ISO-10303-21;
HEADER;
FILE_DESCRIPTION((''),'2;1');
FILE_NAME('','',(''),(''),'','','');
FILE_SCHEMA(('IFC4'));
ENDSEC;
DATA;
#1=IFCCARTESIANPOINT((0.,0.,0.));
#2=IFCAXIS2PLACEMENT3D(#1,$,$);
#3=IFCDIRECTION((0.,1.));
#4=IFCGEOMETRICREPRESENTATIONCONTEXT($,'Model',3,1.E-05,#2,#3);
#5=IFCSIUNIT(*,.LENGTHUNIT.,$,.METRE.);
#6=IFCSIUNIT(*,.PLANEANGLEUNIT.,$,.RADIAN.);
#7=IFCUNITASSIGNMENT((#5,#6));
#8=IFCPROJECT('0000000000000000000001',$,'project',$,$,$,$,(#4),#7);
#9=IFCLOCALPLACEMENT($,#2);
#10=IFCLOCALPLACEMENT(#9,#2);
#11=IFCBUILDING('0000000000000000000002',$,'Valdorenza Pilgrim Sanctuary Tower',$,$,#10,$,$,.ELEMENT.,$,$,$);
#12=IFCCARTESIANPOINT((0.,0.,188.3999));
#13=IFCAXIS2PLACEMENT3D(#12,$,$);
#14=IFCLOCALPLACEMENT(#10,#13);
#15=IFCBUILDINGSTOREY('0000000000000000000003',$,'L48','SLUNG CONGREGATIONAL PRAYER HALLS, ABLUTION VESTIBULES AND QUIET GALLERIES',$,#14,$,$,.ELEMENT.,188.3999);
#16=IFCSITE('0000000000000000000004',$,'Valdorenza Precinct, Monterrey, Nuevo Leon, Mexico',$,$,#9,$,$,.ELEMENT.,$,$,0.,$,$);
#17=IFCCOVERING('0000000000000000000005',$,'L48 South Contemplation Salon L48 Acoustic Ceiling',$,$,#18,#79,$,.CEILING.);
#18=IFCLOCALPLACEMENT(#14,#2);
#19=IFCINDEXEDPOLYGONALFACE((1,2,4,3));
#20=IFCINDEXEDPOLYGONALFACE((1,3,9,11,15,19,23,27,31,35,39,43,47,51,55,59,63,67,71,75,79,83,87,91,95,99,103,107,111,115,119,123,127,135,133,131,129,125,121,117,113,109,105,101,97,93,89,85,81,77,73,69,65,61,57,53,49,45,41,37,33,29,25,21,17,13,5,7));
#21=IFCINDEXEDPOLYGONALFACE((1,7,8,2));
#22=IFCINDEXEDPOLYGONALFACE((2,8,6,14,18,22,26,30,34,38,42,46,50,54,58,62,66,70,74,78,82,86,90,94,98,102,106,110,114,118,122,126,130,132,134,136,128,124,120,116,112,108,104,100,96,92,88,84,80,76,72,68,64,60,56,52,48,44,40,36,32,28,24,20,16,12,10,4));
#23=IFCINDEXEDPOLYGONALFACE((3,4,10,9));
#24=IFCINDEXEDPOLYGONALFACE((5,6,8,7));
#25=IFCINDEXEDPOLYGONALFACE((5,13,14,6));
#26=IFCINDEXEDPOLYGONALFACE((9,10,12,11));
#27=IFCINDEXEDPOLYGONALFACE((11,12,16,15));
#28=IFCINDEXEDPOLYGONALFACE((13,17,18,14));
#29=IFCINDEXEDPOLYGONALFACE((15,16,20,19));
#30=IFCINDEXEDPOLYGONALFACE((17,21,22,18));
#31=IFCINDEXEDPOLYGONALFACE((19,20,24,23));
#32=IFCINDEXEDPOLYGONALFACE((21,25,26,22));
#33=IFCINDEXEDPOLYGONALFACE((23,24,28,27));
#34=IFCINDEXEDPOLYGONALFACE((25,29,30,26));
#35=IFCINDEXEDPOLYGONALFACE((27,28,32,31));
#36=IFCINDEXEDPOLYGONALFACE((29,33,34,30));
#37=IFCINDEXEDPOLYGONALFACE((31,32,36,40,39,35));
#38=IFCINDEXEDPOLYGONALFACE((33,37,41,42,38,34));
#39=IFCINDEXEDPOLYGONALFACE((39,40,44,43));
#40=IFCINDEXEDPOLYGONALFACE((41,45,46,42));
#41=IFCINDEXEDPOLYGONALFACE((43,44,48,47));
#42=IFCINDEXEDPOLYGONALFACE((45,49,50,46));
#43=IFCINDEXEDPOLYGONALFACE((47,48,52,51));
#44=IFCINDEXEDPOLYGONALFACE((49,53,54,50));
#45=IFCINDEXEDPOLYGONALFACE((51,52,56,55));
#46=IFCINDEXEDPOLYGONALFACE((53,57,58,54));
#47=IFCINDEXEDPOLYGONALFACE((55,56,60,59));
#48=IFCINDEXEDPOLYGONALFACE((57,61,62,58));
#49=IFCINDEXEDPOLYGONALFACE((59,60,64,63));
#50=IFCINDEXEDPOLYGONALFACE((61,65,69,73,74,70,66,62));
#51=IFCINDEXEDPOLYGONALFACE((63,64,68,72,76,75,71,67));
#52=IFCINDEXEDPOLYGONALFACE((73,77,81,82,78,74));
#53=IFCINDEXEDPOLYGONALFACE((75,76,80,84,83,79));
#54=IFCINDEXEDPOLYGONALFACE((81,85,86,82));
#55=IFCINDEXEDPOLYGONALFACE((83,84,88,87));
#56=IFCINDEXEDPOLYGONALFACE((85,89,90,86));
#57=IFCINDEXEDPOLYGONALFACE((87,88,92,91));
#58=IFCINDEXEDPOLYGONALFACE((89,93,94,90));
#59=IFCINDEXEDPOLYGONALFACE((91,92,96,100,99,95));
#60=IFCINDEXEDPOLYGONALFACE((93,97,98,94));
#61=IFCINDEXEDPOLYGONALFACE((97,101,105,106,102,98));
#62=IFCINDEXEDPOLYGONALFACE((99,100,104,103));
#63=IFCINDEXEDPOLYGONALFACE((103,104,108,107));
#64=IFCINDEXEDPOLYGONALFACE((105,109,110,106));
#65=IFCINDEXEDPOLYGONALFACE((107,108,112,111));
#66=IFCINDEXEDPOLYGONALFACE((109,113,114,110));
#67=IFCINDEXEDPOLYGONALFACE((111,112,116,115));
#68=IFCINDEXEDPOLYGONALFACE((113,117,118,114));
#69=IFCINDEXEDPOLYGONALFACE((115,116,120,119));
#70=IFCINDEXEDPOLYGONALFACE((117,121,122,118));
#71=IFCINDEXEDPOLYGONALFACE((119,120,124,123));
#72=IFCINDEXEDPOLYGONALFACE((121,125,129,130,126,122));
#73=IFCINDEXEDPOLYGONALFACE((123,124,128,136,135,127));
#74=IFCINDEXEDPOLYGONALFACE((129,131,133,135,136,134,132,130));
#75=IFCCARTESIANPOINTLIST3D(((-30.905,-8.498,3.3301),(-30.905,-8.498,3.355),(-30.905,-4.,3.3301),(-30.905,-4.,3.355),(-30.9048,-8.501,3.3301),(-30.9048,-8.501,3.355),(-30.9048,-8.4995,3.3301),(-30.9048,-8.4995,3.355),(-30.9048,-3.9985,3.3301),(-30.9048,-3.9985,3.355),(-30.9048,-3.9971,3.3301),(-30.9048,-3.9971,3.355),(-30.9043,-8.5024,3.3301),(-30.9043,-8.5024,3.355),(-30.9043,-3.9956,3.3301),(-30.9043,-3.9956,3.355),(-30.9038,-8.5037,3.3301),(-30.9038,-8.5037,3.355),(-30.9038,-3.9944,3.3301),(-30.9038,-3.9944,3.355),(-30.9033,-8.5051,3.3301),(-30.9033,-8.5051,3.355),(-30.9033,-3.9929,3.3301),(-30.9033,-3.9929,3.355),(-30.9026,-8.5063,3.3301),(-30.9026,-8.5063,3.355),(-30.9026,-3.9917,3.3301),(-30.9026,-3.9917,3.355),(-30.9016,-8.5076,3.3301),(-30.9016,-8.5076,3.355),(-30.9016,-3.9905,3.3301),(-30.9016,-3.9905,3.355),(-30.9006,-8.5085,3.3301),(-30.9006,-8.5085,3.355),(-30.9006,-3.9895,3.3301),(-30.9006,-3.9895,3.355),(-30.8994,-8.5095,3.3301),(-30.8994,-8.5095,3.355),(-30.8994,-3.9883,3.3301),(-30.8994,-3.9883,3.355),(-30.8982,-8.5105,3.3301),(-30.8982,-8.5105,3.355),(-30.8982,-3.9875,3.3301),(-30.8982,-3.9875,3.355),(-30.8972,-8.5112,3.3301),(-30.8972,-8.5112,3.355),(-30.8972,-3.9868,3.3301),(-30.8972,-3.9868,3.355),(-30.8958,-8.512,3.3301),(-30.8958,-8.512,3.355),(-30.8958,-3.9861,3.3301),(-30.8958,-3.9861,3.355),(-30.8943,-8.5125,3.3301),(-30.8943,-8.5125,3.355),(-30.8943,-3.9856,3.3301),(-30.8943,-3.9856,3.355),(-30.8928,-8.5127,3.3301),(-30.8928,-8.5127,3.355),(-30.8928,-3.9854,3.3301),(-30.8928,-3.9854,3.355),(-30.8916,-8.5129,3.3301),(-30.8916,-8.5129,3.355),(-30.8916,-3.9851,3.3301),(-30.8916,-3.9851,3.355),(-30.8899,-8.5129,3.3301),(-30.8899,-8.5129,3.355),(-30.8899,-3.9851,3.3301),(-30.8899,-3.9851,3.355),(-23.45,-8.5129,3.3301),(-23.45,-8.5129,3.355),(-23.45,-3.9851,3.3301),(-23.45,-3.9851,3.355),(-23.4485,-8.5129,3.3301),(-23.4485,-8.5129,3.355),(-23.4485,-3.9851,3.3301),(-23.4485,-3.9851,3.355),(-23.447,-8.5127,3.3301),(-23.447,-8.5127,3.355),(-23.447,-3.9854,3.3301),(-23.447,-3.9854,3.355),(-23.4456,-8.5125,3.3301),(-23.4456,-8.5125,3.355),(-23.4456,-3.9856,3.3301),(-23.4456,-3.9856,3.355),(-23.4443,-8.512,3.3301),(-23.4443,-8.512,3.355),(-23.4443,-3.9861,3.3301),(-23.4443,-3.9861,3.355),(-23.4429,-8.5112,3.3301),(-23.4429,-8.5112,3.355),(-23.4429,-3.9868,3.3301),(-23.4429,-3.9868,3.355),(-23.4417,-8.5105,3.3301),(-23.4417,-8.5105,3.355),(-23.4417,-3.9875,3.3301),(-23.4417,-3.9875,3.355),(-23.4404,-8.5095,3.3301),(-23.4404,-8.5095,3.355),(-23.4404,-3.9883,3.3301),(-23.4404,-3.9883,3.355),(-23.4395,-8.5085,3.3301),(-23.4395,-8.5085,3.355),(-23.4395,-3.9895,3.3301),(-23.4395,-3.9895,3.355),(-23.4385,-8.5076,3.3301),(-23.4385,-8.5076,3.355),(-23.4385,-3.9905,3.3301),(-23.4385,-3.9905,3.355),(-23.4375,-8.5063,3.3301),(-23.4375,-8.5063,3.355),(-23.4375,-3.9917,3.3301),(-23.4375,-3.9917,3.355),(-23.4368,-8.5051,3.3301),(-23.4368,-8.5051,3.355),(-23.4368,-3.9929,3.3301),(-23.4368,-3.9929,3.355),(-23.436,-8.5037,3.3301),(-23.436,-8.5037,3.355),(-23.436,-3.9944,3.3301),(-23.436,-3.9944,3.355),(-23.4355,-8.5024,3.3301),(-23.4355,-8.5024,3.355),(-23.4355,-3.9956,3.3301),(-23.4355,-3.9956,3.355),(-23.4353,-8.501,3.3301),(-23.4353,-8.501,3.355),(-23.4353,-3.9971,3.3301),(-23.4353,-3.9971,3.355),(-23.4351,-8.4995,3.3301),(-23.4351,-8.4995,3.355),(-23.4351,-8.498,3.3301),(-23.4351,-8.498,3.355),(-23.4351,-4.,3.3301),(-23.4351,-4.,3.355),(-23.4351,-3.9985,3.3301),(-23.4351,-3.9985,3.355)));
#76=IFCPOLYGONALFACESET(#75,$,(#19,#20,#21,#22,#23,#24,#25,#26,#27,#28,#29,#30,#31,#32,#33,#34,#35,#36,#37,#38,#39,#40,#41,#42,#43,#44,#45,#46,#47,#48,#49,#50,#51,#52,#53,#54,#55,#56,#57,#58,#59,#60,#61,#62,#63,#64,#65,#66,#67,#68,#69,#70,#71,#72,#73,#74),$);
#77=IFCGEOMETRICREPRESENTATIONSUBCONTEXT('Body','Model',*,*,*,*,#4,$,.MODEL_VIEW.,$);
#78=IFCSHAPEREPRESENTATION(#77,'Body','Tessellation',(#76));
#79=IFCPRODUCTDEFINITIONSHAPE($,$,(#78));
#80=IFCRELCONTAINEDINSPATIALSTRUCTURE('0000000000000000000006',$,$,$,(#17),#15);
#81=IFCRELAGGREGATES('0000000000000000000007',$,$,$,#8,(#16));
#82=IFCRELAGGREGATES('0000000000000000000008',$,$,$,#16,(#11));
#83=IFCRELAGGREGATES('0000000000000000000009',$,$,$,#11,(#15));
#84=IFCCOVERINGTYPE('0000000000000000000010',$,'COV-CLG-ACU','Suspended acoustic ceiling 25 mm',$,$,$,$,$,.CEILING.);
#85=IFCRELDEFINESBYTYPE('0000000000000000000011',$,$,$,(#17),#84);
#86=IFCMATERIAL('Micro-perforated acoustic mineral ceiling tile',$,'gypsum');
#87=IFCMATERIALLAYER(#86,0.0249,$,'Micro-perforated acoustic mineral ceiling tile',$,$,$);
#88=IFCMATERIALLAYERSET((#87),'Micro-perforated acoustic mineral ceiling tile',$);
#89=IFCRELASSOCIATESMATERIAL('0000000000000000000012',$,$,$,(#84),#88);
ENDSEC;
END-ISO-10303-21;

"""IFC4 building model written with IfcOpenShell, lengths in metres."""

from ifc_helpers import new_model, si_unit, direction, frame, origin, place, context, subcontext, project, spatial, polyline, outline, extrude, material, layer, layer_set, type_object, element, save


model = new_model("IFC4")

# Units and contexts
model_context = context("Model", 3, precision=1e-05, world=origin(), true_north=direction((0.0, 1.0)))
body_context = subcontext(model_context, "Body", "Model", "MODEL_VIEW")
ifc_project = project(units=[si_unit("LENGTHUNIT", "METRE"), si_unit("PLANEANGLEUNIT", "RADIAN")], contexts=[model_context])

# Site, building, storey
site_placement = place(None, origin())
site = spatial("IfcSite", under=ifc_project, at=site_placement, Name="Valdorenza Precinct, Monterrey, Nuevo Leon, Mexico", CompositionType="ELEMENT", RefElevation=0.0)
building_placement = place(site_placement, origin())
building = spatial("IfcBuilding", under=site, at=building_placement, Name="Valdorenza Pilgrim Sanctuary Tower", CompositionType="ELEMENT")
storey_placement = place(building_placement, frame((0.0, 0.0, 188.3999)))
storey = spatial("IfcBuildingStorey", under=building, at=storey_placement, Name="L48", Description="SLUNG CONGREGATIONAL PRAYER HALLS, ABLUTION VESTIBULES AND QUIET GALLERIES", CompositionType="ELEMENT", Elevation=188.3999)

# Covering
ifc_material_1 = material(Name="Micro-perforated acoustic mineral ceiling tile", Category="gypsum")
ifc_layer_1 = layer(ifc_material_1, 0.0249, Name="Micro-perforated acoustic mineral ceiling tile")
ifc_layer_set_1 = layer_set([ifc_layer_1], Name="Micro-perforated acoustic mineral ceiling tile")
covering_type_1 = type_object("IfcCoveringType", Name="COV-CLG-ACU", Description="Suspended acoustic ceiling 25 mm", PredefinedType="CEILING", material=ifc_layer_set_1)
covering_1_placement = place(storey_placement, frame((0.0, 0.0, 3.3301)))
element("IfcCovering", 1, at=covering_1_placement, inside=storey, type_object=covering_type_1, Name="L48 South Contemplation Salon L48 Acoustic Ceiling", PredefinedType="CEILING", context=body_context, shape_type="SweptSolid", body=[
    extrude(outline(polyline([(-23.4351, -8.498), (-23.4351, -8.4995), (-23.4353, -8.501), (-23.4355, -8.5024), (-23.436, -8.5037), (-23.4368, -8.5051), (-23.4375, -8.5063), (-23.4385, -8.5076), (-23.4395, -8.5085), (-23.4404, -8.5095), (-23.4417, -8.5105), (-23.4429, -8.5112), (-23.4443, -8.512), (-23.4456, -8.5125), (-23.447, -8.5127), (-23.4485, -8.5129), (-23.45, -8.5129), (-30.8899, -8.5129), (-30.8916, -8.5129), (-30.8928, -8.5127), (-30.8943, -8.5125), (-30.8958, -8.512), (-30.8972, -8.5112), (-30.8982, -8.5105), (-30.8994, -8.5095), (-30.9006, -8.5085), (-30.9016, -8.5076), (-30.9026, -8.5063), (-30.9033, -8.5051), (-30.9038, -8.5037), (-30.9043, -8.5024), (-30.9048, -8.501), (-30.9048, -8.4995), (-30.905, -8.498), (-30.905, -4.0), (-30.9048, -3.9985), (-30.9048, -3.9971), (-30.9043, -3.9956), (-30.9038, -3.9944), (-30.9033, -3.9929), (-30.9026, -3.9917), (-30.9016, -3.9905), (-30.9006, -3.9895), (-30.8994, -3.9883), (-30.8982, -3.9875), (-30.8972, -3.9868), (-30.8958, -3.9861), (-30.8943, -3.9856), (-30.8928, -3.9854), (-30.8916, -3.9851), (-30.8899, -3.9851), (-23.45, -3.9851), (-23.4485, -3.9851), (-23.447, -3.9854), (-23.4456, -3.9856), (-23.4443, -3.9861), (-23.4429, -3.9868), (-23.4417, -3.9875), (-23.4404, -3.9883), (-23.4395, -3.9895), (-23.4385, -3.9905), (-23.4375, -3.9917), (-23.4368, -3.9929), (-23.436, -3.9944), (-23.4355, -3.9956), (-23.4353, -3.9971), (-23.4351, -3.9985), (-23.4351, -4.0), (-23.4351, -8.498)])), origin(), (0.0, 0.0, 1.0), 0.0249),
])

save(model, "model.ifc")
